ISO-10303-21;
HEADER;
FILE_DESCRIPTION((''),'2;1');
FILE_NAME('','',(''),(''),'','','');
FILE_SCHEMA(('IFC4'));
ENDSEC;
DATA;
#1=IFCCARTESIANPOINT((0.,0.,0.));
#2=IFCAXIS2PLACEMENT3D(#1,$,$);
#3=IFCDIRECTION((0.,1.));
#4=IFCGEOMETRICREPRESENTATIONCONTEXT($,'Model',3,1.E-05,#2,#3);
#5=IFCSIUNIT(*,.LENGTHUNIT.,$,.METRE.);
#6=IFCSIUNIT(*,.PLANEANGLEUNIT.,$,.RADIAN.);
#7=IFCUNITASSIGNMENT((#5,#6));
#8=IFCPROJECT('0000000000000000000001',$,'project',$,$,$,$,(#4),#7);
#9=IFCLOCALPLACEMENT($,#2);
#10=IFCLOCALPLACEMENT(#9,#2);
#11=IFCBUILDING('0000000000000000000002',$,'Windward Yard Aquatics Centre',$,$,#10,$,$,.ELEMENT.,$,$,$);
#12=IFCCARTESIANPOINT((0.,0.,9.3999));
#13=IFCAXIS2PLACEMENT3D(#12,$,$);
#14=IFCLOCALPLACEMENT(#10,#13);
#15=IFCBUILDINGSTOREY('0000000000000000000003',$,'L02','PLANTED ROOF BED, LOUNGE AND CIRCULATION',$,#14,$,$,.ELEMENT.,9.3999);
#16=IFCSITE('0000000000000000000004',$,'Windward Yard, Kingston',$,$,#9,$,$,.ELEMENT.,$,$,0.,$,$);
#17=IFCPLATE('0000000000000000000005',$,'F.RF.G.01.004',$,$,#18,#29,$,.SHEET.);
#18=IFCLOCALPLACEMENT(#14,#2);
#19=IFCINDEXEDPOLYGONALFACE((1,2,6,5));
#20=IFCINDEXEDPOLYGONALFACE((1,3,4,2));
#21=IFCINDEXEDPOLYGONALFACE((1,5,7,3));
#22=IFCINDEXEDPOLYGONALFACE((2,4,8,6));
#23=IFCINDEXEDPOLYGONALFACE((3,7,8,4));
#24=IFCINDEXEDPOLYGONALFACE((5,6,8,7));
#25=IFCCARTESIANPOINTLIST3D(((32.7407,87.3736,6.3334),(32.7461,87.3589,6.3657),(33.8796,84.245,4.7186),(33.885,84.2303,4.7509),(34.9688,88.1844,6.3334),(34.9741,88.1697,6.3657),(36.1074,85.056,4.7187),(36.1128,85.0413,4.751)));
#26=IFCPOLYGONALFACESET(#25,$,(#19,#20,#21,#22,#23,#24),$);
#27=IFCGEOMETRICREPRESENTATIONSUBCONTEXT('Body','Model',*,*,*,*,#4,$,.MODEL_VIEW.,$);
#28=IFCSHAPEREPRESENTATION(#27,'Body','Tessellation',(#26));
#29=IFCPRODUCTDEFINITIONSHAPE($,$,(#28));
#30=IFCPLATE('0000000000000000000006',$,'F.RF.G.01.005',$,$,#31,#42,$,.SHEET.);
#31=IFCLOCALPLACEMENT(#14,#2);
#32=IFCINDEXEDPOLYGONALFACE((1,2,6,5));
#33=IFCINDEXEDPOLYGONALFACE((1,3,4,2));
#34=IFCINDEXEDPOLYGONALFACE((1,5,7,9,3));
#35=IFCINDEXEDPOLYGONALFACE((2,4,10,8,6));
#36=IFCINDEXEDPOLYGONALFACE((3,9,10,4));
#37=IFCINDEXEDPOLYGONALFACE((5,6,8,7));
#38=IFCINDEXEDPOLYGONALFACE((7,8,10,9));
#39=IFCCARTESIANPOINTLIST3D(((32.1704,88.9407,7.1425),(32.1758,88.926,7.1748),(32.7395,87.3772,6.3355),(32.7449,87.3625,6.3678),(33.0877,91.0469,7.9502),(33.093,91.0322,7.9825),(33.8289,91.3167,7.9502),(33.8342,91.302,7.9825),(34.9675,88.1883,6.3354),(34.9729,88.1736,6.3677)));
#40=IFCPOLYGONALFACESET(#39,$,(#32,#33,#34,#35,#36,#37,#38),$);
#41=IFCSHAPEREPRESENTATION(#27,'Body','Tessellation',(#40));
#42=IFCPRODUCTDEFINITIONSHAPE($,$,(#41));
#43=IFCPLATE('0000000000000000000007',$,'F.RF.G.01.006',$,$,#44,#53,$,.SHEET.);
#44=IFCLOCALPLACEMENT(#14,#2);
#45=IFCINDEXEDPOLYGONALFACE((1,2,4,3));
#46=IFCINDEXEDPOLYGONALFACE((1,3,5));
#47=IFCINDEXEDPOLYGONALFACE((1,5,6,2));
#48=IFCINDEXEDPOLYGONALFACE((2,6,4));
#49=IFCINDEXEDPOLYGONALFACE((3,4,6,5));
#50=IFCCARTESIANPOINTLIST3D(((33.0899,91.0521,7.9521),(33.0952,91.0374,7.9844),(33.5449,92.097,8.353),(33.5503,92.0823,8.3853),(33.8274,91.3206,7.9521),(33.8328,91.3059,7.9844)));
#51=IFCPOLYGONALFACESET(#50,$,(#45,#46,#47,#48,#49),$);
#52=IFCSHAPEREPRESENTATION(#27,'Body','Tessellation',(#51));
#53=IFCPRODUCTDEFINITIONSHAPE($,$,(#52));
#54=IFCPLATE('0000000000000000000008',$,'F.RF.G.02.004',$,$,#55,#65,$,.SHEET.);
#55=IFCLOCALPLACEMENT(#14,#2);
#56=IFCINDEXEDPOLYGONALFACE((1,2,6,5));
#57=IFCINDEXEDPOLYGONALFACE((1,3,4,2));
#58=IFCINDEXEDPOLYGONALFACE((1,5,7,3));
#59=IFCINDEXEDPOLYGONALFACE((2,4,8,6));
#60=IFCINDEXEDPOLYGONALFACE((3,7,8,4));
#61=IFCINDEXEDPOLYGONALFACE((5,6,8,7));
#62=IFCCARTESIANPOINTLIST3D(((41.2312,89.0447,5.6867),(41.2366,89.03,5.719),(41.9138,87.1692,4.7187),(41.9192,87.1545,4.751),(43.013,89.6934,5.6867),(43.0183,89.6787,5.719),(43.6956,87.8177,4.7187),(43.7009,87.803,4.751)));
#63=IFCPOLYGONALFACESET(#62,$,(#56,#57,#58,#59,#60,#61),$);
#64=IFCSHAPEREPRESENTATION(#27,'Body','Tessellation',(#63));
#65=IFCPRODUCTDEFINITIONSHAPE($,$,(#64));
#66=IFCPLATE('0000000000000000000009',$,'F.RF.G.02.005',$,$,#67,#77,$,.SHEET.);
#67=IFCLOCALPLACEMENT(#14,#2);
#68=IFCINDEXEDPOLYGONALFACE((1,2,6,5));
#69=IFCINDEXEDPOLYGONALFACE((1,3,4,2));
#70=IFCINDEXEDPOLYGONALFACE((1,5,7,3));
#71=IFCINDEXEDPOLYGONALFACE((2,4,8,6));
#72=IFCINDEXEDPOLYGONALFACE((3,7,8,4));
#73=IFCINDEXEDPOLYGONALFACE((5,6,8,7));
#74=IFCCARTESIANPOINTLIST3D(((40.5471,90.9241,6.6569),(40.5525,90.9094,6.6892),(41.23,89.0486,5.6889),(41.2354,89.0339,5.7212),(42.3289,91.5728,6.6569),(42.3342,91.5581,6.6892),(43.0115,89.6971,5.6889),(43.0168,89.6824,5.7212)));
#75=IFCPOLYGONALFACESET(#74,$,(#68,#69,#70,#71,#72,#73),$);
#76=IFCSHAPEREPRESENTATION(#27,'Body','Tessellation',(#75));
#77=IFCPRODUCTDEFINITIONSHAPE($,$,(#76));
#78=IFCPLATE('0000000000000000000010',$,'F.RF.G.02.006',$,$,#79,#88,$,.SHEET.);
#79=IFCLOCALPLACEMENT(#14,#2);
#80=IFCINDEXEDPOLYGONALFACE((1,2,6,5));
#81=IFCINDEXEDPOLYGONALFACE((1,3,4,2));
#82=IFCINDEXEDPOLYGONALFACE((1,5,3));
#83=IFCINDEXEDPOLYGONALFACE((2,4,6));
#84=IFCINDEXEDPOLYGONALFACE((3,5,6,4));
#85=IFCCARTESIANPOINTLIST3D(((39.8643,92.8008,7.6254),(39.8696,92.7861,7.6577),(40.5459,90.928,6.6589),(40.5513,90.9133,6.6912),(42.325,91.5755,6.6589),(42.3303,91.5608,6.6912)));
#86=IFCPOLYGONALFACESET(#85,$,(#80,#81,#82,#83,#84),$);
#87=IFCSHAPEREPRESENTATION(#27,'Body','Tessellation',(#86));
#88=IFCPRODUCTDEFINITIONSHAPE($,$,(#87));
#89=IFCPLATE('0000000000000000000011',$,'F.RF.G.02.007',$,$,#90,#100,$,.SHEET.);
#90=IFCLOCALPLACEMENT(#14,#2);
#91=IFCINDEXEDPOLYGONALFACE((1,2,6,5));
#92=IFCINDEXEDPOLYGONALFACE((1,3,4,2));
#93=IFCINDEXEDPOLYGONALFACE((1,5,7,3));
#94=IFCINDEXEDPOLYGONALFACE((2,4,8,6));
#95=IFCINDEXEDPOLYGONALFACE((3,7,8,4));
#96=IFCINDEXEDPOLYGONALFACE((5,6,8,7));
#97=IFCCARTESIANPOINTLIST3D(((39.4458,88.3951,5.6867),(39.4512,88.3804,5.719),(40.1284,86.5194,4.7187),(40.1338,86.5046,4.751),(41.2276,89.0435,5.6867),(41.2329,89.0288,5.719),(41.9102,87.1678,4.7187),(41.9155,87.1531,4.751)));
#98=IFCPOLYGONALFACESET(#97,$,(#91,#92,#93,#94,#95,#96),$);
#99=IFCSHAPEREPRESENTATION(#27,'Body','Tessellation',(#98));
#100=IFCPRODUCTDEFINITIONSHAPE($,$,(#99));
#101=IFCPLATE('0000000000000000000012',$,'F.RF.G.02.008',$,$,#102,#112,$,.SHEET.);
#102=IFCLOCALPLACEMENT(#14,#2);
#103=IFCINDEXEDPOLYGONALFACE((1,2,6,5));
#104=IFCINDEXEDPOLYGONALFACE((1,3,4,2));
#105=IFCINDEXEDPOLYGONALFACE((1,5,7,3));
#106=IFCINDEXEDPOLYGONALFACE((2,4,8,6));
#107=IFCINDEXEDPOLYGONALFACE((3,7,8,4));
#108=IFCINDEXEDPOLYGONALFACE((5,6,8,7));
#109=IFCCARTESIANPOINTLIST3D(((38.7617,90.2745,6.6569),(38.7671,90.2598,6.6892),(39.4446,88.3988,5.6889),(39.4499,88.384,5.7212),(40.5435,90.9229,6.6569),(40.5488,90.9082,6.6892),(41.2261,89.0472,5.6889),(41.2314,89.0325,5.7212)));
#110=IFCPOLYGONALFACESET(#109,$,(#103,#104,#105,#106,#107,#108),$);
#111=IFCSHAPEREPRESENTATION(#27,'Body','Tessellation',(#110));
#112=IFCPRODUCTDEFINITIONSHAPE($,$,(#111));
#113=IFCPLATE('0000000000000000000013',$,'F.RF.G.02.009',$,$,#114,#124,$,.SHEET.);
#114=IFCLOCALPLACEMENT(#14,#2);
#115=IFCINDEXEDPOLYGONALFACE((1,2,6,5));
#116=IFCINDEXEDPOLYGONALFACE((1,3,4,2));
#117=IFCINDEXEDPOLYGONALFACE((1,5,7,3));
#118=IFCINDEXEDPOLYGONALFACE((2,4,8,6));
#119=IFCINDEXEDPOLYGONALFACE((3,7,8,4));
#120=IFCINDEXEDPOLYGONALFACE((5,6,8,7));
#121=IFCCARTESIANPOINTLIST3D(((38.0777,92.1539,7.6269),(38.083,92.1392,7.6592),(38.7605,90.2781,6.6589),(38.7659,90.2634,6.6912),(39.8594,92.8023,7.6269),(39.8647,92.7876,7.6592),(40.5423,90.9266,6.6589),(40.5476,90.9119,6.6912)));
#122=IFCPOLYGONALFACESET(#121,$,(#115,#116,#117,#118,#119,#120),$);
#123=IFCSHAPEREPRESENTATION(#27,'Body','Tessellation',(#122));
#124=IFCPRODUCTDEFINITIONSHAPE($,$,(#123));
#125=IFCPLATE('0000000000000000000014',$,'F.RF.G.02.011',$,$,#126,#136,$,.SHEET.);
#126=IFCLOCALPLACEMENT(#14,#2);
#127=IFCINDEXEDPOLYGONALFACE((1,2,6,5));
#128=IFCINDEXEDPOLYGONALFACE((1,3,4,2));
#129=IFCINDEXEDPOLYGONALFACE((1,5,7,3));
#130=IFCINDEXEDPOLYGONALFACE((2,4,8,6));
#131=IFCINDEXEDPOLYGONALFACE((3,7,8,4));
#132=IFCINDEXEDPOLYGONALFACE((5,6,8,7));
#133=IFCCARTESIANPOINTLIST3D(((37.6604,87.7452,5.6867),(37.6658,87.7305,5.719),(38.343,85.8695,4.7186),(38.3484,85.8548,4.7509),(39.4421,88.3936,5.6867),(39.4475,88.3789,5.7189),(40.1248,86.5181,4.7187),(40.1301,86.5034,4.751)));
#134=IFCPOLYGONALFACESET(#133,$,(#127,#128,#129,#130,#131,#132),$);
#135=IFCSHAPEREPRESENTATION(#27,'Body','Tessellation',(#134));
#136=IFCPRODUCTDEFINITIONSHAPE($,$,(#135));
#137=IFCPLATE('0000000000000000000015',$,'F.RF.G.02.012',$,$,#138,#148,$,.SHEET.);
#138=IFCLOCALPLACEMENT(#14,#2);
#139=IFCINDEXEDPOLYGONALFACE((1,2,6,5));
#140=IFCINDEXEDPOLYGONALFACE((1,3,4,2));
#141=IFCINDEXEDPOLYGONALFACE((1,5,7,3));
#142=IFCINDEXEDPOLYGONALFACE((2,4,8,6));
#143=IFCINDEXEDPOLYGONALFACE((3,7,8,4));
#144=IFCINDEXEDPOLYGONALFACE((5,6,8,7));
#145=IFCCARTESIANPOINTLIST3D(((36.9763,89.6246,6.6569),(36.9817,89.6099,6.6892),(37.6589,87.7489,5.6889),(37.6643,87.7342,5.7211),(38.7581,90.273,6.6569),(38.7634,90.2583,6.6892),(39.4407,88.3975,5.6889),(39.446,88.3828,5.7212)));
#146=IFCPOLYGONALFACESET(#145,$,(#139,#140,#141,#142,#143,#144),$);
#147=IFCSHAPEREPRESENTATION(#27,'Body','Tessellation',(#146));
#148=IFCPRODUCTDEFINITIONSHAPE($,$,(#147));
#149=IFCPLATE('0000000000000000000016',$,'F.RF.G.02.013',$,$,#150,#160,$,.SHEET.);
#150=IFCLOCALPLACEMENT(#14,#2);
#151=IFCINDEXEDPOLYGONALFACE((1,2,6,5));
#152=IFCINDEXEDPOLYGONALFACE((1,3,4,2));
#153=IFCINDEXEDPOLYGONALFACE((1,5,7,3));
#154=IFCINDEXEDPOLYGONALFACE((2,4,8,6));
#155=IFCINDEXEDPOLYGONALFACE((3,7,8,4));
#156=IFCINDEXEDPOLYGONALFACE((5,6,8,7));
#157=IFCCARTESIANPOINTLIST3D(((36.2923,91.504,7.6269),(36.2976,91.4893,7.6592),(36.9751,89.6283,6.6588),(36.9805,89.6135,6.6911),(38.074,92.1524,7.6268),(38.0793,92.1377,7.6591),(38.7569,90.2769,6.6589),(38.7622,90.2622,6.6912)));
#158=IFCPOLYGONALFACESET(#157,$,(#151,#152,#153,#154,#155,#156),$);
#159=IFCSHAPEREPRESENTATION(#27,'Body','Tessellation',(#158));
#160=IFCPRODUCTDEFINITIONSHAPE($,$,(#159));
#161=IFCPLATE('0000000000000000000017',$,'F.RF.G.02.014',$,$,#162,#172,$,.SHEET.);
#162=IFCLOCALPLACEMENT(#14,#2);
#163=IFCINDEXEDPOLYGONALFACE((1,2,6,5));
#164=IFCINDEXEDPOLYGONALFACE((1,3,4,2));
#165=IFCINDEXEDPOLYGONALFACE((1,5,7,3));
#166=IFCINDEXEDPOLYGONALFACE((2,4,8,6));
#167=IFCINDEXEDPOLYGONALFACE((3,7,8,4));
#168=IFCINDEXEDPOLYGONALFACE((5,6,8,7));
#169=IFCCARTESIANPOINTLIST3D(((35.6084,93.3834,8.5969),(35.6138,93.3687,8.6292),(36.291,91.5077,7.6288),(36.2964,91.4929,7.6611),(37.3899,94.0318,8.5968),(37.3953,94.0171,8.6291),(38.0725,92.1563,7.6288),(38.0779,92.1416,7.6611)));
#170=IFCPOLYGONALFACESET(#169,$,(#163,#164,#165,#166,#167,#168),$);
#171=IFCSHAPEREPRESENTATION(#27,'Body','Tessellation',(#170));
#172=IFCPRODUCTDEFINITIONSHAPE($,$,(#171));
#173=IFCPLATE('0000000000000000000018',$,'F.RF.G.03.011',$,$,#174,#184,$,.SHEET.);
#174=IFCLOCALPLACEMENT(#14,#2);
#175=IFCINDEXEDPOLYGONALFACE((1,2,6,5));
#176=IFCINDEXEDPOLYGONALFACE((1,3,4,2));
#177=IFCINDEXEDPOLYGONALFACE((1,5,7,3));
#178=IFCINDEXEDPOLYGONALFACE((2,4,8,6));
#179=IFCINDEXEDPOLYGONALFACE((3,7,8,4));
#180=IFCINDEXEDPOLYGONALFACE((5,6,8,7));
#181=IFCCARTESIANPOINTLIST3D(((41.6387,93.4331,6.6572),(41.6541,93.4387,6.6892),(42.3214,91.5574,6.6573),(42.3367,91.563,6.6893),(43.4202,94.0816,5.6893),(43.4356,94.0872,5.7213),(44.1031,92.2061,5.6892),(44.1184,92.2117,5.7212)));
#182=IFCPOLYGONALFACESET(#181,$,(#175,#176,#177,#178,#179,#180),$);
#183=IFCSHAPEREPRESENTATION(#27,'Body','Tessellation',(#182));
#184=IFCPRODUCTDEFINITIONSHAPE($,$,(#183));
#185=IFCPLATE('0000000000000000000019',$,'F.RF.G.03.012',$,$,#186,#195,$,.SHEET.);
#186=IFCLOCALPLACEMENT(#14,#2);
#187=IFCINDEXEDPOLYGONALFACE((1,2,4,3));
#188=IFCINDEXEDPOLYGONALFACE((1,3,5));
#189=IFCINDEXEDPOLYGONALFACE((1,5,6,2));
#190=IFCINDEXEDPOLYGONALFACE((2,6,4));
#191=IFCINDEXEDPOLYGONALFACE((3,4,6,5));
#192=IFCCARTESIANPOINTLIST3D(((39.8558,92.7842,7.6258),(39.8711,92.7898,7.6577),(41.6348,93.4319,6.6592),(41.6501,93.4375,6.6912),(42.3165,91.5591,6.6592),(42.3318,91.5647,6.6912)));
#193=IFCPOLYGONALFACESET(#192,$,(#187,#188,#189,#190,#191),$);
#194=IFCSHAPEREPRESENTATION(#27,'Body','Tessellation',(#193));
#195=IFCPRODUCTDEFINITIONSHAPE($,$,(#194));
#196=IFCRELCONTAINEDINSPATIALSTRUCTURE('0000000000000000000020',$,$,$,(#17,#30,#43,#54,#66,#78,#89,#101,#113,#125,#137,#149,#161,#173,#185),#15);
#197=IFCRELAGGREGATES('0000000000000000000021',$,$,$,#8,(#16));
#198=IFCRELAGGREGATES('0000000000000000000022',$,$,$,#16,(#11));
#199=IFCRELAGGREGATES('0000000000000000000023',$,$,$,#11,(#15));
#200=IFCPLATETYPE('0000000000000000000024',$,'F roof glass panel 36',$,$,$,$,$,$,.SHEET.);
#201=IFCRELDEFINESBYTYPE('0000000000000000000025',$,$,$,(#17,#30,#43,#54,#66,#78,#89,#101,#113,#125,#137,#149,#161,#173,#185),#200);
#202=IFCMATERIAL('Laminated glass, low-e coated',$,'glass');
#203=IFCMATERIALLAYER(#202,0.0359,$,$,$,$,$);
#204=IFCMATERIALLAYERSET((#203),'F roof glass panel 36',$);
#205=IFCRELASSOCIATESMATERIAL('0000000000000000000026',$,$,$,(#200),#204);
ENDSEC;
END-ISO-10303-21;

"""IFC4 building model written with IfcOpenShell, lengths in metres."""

from ifc_helpers import new_model, si_unit, direction, frame, origin, place, context, subcontext, project, spatial, polyline, outline, extrude, material, layer, layer_set, type_object, element, save


model = new_model("IFC4")

# Units and contexts
model_context = context("Model", 3, precision=1e-05, world=origin(), true_north=direction((0.0, 1.0)))
body_context = subcontext(model_context, "Body", "Model", "MODEL_VIEW")
ifc_project = project(units=[si_unit("LENGTHUNIT", "METRE"), si_unit("PLANEANGLEUNIT", "RADIAN")], contexts=[model_context])

# Site, building, storey
site_placement = place(None, origin())
site = spatial("IfcSite", under=ifc_project, at=site_placement, Name="Windward Yard, Kingston", CompositionType="ELEMENT", RefElevation=0.0)
building_placement = place(site_placement, origin())
building = spatial("IfcBuilding", under=site, at=building_placement, Name="Windward Yard Aquatics Centre", CompositionType="ELEMENT")
storey_placement = place(building_placement, frame((0.0, 0.0, 9.3999)))
storey = spatial("IfcBuildingStorey", under=building, at=storey_placement, Name="L02", Description="PLANTED ROOF BED, LOUNGE AND CIRCULATION", CompositionType="ELEMENT", Elevation=9.3999)

# Plates
ifc_material_1 = material(Name="Laminated glass, low-e coated", Category="glass")
ifc_layer_1 = layer(ifc_material_1, 0.0359)
ifc_layer_set_1 = layer_set([ifc_layer_1], Name="F roof glass panel 36")
plate_type = type_object("IfcPlateType", Name="F roof glass panel 36", PredefinedType="SHEET", material=ifc_layer_set_1)
plate_1_placement = place(storey_placement, frame((32.7461, 87.3589, 6.3657), z_axis=(0.149256, -0.410067, 0.89976), x_axis=(0.939708, 0.341978, -0.000026)))
element("IfcPlate", 1, at=plate_1_placement, inside=storey, type_object=plate_type, Name="F.RF.G.01.004", PredefinedType="SHEET", context=body_context, shape_type="SweptSolid", body=[
    extrude(outline(polyline([(0.0, 0.0), (2.371, 0.0), (2.3712, -3.7001), (0.0004, -3.7004), (0.0, 0.0)])), origin(), (0.0, 0.0, -1.0), 0.0359),
])
plate_2_placement = place(storey_placement, frame((32.1758, 88.926, 7.1748), z_axis=(0.149304, -0.410077, 0.899747), x_axis=(0.376681, 0.864921, 0.331698)))
element("IfcPlate", 2, at=plate_2_placement, inside=storey, type_object=plate_type, Name="F.RF.G.01.005", PredefinedType="SHEET", context=body_context, shape_type="SweptSolid", body=[
    extrude(outline(polyline([(0.0, 0.0), (2.4351, 0.0), (2.9476, -0.5996), (0.1351, -3.0039), (-1.4056, -1.2016), (0.0, 0.0)])), origin(), (0.0, 0.0, -1.0), 0.0359),
])
plate_3_placement = place(storey_placement, frame((33.0952, 91.0374, 7.9844), z_axis=(0.149364, -0.410207, 0.899678), x_axis=(0.376669, 0.864884, 0.331808)))
element("IfcPlate", 3, at=plate_3_placement, inside=storey, type_object=plate_type, Name="F.RF.G.01.006", PredefinedType="SHEET", context=body_context, shape_type="SweptSolid", body=[
    extrude(outline(polyline([(0.0, 0.0), (1.2082, 0.0), (0.5101, -0.5966), (0.0, 0.0)])), origin(), (0.0, 0.0, -1.0), 0.0359),
])
plate_4_placement = place(storey_placement, frame((41.2366, 89.03, 5.719), z_axis=(0.149261, -0.410053, 0.899765), x_axis=(0.939666, 0.342094, 0.000024)))
element("IfcPlate", 4, at=plate_4_placement, inside=storey, type_object=plate_type, Name="F.RF.G.02.004", PredefinedType="SHEET", context=body_context, shape_type="SweptSolid", body=[
    extrude(outline(polyline([(0.0, 0.0), (1.8961, 0.0), (1.8959, -2.2184), (-0.0002, -2.2182), (0.0, 0.0)])), origin(), (0.0, 0.0, -1.0), 0.0359),
])
plate_5_placement = place(storey_placement, frame((40.5525, 90.9094, 6.6892), z_axis=(0.149268, -0.410043, 0.899769), x_axis=(0.939664, 0.342098, 0.000015)))
element("IfcPlate", 5, at=plate_5_placement, inside=storey, type_object=plate_type, Name="F.RF.G.02.005", PredefinedType="SHEET", context=body_context, shape_type="SweptSolid", body=[
    extrude(outline(polyline([(0.0, 0.0), (1.8961, 0.0), (1.8959, -2.2184), (0.0, -2.2183), (0.0, 0.0)])), origin(), (0.0, 0.0, -1.0), 0.0359),
])
plate_6_placement = place(storey_placement, frame((39.8696, 92.7861, 7.6577), z_axis=(0.149233, -0.410054, 0.899769), x_axis=(0.844473, -0.420519, -0.331706)))
element("IfcPlate", 6, at=plate_6_placement, inside=storey, type_object=plate_type, Name="F.RF.G.02.006", PredefinedType="SHEET", context=body_context, shape_type="SweptSolid", body=[
    extrude(outline(polyline([(0.0, 0.0), (2.9139, 0.0), (1.6838, -1.4391), (0.0, 0.0)])), origin(), (0.0, 0.0, -1.0), 0.0359),
])
plate_7_placement = place(storey_placement, frame((39.4512, 88.3804, 5.719), z_axis=(0.149229, -0.410043, 0.899775), x_axis=(0.939703, 0.341991, 0.0)))
element("IfcPlate", 7, at=plate_7_placement, inside=storey, type_object=plate_type, Name="F.RF.G.02.007", PredefinedType="SHEET", context=body_context, shape_type="SweptSolid", body=[
    extrude(outline(polyline([(0.0, 0.0), (1.8961, 0.0), (1.896, -2.2184), (0.0, -2.2184), (0.0, 0.0)])), origin(), (0.0, 0.0, -1.0), 0.0359),
])
plate_8_placement = place(storey_placement, frame((38.7671, 90.2598, 6.6892), z_axis=(0.149236, -0.410033, 0.899779), x_axis=(0.939702, 0.341995, -0.000009)))
element("IfcPlate", 8, at=plate_8_placement, inside=storey, type_object=plate_type, Name="F.RF.G.02.008", PredefinedType="SHEET", context=body_context, shape_type="SweptSolid", body=[
    extrude(outline(polyline([(0.0, 0.0), (1.8961, 0.0), (1.896, -2.2184), (0.0002, -2.2185), (0.0, 0.0)])), origin(), (0.0, 0.0, -1.0), 0.0359),
])
plate_9_placement = place(storey_placement, frame((38.083, 92.1392, 7.6592), z_axis=(0.149224, -0.410029, 0.899782), x_axis=(0.939703, 0.341991, 0.0)))
element("IfcPlate", 9, at=plate_9_placement, inside=storey, type_object=plate_type, Name="F.RF.G.02.009", PredefinedType="SHEET", context=body_context, shape_type="SweptSolid", body=[
    extrude(outline(polyline([(0.0, 0.0), (1.8961, 0.0), (1.8963, -2.2185), (0.0002, -2.2185), (0.0, 0.0)])), origin(), (0.0, 0.0, -1.0), 0.0359),
])
for number, where, z_axis, x_axis, name in (
    (10, (37.6658, 87.7305, 5.719), (0.149261, -0.410053, 0.899765), (0.939699, 0.342002, -0.000024), "F.RF.G.02.011"),
    (11, (36.9817, 89.6099, 6.6892), (0.149261, -0.410053, 0.899765), (0.939699, 0.342002, -0.000024), "F.RF.G.02.012"),
):
    element("IfcPlate", number, at=place(storey_placement, frame(where, z_axis=z_axis, x_axis=x_axis)), inside=storey, type_object=plate_type, Name=name, PredefinedType="SHEET", context=body_context, shape_type="SweptSolid", body=[
        extrude(outline(polyline([(0.0, 0.0), (1.8961, 0.0), (1.8961, -2.2182), (0.0, -2.2184), (0.0, 0.0)])), origin(), (0.0, 0.0, -1.0), 0.0359),
    ])
plate_10_placement = place(storey_placement, frame((36.2976, 91.4893, 7.6592), z_axis=(0.149256, -0.410039, 0.899772), x_axis=(0.939699, 0.342002, -0.000024)))
element("IfcPlate", 12, at=plate_10_placement, inside=storey, type_object=plate_type, Name="F.RF.G.02.013", PredefinedType="SHEET", context=body_context, shape_type="SweptSolid", body=[
    extrude(outline(polyline([(0.0, 0.0), (1.8961, 0.0), (1.8964, -2.2183), (0.0002, -2.2185), (0.0, 0.0)])), origin(), (0.0, 0.0, -1.0), 0.0359),
])
plate_11_placement = place(storey_placement, frame((35.6138, 93.3687, 8.6292), z_axis=(0.149279, -0.410047, 0.899765), x_axis=(0.939684, 0.342043, -0.000024)))
element("IfcPlate", 13, at=plate_11_placement, inside=storey, type_object=plate_type, Name="F.RF.G.02.014", PredefinedType="SHEET", context=body_context, shape_type="SweptSolid", body=[
    extrude(outline(polyline([(0.0, 0.0), (1.8958, 0.0), (1.8958, -2.2182), (-0.0001, -2.2184), (0.0, 0.0)])), origin(), (0.0, 0.0, -1.0), 0.0359),
])
plate_12_placement = place(storey_placement, frame((41.6541, 93.4387, 6.6892), z_axis=(0.427293, 0.155539, 0.890634), x_axis=(0.836918, 0.304626, -0.454722)))
element("IfcPlate", 14, at=plate_12_placement, inside=storey, type_object=plate_type, Name="F.RF.G.03.011", PredefinedType="SHEET", context=body_context, shape_type="SweptSolid", body=[
    extrude(outline(polyline([(0.0, 0.0), (2.1287, 0.0), (2.1288, -1.9959), (-0.0001, -1.9961), (0.0, 0.0)])), origin(), (0.0, 0.0, -1.0), 0.0359),
])
plate_13_placement = place(storey_placement, frame((39.8711, 92.7898, 7.6577), z_axis=(0.427269, 0.155512, 0.89065), x_axis=(0.836909, 0.304696, -0.45469)))
element("IfcPlate", 15, at=plate_13_placement, inside=storey, type_object=plate_type, Name="F.RF.G.03.012", PredefinedType="SHEET", context=body_context, shape_type="SweptSolid", body=[
    extrude(outline(polyline([(0.0, 0.0), (2.1257, 0.0), (2.1256, -1.993), (0.0, 0.0)])), origin(), (0.0, 0.0, -1.0), 0.0359),
])

save(model, "model.ifc")
